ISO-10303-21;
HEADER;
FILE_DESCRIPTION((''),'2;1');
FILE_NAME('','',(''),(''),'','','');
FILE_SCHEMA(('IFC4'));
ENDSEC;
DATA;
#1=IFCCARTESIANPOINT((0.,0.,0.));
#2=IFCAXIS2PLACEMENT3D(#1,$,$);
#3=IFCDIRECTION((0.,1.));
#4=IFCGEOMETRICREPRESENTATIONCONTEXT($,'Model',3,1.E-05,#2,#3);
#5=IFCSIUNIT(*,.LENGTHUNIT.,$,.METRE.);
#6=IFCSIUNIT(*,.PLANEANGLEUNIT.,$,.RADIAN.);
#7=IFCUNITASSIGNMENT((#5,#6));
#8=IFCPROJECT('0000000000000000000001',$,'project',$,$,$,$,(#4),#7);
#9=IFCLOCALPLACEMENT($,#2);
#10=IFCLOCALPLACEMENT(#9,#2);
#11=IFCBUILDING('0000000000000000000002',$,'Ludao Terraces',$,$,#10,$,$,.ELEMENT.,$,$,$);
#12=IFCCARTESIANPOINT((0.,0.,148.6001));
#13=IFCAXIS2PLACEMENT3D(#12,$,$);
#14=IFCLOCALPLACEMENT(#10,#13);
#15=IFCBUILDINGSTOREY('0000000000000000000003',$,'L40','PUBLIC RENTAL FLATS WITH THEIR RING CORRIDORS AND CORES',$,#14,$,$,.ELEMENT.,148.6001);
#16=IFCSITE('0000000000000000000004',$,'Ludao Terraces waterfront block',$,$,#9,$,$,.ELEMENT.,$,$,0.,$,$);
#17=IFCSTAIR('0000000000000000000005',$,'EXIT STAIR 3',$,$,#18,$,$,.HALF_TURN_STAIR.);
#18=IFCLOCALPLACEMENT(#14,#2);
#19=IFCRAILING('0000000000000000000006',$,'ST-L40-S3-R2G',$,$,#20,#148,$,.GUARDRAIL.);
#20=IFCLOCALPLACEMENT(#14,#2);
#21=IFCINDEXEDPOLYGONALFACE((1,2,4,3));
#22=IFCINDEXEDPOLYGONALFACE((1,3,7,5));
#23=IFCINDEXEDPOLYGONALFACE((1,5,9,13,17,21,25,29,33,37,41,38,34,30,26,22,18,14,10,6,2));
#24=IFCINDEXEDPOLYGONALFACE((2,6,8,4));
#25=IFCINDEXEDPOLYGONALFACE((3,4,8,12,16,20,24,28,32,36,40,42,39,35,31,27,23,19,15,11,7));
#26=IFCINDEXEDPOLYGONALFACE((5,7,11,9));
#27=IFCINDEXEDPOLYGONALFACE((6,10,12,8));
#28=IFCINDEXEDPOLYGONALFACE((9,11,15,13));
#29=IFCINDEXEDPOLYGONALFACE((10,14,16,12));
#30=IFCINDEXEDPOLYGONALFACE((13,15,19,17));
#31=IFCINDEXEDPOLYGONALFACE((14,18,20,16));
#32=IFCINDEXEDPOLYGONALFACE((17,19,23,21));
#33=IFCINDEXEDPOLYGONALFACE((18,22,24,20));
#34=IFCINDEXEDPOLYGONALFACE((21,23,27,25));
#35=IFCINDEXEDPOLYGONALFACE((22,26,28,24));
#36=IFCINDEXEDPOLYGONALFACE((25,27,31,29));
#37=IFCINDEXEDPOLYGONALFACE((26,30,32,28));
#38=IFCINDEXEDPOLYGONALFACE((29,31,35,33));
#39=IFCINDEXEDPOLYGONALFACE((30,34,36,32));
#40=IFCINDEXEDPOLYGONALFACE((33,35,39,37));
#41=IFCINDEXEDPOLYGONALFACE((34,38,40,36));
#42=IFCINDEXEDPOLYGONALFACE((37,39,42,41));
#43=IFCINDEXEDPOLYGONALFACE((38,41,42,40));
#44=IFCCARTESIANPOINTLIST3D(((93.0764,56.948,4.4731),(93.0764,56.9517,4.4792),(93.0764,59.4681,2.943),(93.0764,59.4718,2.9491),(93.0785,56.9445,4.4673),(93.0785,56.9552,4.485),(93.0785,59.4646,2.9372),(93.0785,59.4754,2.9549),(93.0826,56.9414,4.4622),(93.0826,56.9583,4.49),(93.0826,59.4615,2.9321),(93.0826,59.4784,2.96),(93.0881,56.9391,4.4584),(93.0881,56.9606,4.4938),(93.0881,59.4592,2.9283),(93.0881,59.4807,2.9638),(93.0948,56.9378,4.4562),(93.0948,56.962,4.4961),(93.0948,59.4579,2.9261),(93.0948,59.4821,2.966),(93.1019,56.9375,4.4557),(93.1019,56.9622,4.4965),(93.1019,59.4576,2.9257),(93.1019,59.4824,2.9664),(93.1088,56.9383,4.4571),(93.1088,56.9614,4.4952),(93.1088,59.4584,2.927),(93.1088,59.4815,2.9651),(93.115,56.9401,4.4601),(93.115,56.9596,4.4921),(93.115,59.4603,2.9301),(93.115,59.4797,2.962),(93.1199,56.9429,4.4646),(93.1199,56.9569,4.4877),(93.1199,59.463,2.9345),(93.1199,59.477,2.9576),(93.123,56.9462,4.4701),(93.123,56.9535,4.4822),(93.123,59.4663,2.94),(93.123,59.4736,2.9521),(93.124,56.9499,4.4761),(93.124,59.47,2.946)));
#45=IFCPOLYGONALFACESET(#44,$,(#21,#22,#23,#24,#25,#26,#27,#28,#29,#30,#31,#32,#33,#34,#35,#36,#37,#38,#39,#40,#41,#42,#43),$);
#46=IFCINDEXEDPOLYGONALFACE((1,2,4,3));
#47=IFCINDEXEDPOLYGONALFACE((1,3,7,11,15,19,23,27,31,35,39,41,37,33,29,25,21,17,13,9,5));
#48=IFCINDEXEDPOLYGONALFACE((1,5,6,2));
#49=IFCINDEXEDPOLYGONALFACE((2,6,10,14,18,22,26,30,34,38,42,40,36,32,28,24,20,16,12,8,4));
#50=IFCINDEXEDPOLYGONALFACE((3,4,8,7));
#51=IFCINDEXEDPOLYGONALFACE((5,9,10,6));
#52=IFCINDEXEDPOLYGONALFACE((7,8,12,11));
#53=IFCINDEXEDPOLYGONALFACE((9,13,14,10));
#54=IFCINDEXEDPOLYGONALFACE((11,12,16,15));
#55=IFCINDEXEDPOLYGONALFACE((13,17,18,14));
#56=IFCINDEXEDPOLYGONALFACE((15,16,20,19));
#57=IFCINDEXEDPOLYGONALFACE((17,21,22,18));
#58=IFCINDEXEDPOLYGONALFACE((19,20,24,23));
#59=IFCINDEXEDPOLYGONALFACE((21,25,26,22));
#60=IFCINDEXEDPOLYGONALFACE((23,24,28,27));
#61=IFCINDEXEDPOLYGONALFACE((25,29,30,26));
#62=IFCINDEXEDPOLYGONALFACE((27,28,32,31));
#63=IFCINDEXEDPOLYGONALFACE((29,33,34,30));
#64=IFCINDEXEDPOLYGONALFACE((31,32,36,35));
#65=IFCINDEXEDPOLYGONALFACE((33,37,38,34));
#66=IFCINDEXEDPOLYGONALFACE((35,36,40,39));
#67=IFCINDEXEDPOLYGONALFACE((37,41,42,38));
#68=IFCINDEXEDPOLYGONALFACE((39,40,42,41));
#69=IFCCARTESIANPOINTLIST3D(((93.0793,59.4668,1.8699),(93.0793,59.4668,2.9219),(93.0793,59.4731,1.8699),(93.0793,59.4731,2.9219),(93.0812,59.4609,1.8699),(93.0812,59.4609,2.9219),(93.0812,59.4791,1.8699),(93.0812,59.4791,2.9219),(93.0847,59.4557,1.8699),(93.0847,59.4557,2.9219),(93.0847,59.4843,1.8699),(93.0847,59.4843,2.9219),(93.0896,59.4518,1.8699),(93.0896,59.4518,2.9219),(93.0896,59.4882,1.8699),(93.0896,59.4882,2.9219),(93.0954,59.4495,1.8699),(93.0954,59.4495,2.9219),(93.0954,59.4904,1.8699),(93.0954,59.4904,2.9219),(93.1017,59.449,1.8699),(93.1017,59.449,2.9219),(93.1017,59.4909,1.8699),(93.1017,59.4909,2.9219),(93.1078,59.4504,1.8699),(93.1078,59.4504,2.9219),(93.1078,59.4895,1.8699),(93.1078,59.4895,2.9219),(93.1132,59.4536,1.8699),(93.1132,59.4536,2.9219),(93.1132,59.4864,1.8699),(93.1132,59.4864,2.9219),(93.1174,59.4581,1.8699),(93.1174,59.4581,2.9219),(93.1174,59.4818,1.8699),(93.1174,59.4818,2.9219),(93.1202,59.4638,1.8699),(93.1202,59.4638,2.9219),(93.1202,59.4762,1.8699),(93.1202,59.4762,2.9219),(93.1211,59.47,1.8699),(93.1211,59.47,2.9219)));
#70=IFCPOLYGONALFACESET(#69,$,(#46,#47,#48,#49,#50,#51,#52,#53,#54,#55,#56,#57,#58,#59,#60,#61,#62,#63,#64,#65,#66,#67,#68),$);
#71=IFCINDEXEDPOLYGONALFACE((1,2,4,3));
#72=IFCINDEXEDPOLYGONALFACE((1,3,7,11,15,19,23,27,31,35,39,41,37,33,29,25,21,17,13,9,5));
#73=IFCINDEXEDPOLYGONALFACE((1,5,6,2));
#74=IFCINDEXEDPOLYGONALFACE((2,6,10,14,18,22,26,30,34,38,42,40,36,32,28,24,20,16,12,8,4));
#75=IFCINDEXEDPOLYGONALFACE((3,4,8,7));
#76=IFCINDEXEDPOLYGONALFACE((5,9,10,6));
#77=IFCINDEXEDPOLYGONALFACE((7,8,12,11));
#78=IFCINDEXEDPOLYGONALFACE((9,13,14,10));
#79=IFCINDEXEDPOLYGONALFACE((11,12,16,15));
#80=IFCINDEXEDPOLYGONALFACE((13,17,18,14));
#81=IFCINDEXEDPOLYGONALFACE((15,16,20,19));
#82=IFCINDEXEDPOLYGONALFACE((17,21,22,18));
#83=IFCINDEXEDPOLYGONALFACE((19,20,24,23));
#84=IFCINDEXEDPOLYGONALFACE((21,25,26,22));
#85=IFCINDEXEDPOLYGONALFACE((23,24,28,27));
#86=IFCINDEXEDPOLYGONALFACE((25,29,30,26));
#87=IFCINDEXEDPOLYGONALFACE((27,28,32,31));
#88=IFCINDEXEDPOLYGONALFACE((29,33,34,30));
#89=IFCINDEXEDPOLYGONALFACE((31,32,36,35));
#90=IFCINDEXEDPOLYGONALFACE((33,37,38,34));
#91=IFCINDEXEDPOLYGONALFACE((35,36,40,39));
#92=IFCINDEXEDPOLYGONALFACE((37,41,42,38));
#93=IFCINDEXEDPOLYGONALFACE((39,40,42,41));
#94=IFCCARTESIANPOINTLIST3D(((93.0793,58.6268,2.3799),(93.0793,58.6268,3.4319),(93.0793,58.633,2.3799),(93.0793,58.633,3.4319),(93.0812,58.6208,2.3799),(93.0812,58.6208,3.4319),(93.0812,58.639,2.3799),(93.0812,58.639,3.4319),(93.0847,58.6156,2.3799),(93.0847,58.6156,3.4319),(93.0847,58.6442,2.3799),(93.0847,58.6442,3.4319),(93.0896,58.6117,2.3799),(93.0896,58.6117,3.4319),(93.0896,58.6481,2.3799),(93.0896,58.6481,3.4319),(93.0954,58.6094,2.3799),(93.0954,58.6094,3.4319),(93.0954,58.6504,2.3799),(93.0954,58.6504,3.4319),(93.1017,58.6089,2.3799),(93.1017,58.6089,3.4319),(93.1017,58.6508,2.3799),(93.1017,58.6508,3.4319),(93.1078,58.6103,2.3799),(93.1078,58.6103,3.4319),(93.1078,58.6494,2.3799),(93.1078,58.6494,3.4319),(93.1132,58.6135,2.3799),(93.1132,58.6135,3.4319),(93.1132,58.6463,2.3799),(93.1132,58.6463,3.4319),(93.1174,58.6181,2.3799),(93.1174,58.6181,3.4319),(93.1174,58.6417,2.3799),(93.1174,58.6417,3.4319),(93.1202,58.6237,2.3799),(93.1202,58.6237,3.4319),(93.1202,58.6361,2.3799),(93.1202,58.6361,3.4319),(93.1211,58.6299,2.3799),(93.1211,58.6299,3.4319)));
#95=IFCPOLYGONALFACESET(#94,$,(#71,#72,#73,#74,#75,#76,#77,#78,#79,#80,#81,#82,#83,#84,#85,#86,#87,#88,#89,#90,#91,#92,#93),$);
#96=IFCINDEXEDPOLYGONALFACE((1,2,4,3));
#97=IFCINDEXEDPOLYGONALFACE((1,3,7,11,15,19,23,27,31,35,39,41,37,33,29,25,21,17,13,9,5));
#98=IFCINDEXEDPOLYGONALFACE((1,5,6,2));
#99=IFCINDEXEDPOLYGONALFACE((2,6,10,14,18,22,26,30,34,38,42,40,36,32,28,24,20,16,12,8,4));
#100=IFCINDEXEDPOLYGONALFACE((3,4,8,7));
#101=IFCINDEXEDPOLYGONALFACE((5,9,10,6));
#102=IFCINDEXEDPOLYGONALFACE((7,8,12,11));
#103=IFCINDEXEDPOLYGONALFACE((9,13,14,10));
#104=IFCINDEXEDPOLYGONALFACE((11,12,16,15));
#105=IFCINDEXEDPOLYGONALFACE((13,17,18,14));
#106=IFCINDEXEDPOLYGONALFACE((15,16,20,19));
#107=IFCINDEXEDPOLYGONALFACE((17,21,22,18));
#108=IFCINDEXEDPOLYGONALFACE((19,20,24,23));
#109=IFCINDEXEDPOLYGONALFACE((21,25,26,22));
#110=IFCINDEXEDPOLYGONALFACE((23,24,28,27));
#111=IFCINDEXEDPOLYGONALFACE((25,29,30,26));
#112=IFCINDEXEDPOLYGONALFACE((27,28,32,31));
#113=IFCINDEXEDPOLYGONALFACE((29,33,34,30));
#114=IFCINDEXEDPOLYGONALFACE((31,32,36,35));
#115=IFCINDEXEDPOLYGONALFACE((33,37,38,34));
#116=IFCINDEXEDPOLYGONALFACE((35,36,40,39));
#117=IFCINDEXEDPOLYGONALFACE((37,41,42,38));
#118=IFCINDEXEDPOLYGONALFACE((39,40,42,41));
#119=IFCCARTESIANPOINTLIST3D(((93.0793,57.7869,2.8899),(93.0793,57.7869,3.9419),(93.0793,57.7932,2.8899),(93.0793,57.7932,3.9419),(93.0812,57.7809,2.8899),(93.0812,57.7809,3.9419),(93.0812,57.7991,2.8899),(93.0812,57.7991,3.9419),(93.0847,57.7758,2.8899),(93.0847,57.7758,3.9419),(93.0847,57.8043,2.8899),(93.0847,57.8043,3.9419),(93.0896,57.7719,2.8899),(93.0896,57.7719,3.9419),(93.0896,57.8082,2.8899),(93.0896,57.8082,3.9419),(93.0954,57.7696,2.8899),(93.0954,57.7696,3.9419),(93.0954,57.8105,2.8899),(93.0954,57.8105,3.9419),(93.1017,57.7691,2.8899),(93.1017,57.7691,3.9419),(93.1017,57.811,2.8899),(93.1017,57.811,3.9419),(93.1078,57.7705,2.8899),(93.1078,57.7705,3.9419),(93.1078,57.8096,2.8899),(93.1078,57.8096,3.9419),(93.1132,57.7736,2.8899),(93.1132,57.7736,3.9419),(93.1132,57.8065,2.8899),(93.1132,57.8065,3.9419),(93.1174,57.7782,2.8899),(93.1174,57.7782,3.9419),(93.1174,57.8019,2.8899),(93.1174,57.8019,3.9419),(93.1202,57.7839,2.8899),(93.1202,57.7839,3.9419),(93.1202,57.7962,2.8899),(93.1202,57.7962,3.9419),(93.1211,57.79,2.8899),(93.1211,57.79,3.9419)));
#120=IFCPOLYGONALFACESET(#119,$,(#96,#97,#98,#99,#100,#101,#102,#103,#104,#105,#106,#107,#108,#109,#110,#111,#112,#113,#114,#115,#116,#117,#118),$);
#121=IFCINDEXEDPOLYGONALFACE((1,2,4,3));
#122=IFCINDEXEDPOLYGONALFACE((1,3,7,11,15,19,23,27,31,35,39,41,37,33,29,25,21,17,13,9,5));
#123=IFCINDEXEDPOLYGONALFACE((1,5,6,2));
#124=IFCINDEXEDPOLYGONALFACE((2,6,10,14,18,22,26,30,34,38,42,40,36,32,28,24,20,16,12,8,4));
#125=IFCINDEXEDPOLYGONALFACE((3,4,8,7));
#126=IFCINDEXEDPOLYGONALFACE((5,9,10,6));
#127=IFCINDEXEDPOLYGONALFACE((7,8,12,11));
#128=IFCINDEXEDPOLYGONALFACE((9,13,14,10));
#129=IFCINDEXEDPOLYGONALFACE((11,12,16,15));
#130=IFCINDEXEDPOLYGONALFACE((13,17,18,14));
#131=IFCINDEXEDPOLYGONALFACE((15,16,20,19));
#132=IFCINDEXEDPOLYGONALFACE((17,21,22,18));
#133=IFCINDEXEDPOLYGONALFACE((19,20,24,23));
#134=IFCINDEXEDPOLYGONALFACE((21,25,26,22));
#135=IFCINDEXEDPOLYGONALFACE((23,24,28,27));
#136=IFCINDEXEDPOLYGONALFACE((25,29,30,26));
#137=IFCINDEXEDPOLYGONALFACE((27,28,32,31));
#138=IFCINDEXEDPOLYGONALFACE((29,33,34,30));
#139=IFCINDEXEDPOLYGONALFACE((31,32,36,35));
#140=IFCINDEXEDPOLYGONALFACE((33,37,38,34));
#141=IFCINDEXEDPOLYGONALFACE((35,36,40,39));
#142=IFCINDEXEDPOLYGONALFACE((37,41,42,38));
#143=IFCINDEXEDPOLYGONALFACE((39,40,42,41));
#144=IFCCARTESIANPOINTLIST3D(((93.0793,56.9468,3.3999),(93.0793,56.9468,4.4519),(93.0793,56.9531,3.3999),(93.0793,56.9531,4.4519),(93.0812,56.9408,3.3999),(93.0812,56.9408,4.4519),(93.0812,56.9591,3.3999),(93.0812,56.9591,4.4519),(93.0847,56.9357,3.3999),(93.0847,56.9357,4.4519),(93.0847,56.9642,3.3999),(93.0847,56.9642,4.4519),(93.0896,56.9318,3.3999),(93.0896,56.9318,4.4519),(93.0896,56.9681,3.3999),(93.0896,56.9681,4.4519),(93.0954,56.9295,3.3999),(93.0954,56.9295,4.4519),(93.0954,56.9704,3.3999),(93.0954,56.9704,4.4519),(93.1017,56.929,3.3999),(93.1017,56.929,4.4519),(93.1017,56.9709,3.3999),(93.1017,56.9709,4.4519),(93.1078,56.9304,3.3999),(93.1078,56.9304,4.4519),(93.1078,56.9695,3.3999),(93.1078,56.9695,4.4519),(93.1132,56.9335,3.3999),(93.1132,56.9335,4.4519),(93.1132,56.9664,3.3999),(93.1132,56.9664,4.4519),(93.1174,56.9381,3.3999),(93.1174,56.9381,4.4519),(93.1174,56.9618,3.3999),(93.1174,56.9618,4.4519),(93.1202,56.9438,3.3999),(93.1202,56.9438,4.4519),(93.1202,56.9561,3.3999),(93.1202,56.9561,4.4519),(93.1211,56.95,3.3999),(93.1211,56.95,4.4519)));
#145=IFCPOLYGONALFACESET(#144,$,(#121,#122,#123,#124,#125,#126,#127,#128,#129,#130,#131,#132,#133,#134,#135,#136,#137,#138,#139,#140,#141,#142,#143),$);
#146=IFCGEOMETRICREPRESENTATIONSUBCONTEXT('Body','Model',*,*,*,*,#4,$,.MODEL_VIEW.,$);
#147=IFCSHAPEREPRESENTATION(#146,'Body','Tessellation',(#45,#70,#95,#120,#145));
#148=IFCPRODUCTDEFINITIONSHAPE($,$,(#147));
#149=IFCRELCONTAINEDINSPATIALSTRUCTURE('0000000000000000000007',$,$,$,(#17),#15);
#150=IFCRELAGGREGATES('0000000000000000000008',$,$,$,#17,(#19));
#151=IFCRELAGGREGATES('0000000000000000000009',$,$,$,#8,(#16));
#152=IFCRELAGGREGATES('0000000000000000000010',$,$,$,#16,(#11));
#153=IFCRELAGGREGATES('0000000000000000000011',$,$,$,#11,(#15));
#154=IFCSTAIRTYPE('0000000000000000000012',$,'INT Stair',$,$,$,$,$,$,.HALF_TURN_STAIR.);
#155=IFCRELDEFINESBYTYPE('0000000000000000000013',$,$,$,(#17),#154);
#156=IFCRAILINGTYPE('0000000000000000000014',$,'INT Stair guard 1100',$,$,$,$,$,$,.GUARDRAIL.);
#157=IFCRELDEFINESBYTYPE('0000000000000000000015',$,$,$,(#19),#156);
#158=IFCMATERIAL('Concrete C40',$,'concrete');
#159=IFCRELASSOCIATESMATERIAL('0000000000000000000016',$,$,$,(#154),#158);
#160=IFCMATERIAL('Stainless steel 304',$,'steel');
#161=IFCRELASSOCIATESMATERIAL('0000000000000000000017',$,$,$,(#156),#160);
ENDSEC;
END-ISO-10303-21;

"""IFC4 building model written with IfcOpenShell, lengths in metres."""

from ifc_helpers import new_model, si_unit, direction, frame, origin, origin_2d, place, context, subcontext, project, spatial, circle, extrude, material, type_object, element, aggregate, save


model = new_model("IFC4")

# Units and contexts
model_context = context("Model", 3, precision=1e-05, world=origin(), true_north=direction((0.0, 1.0)))
body_context = subcontext(model_context, "Body", "Model", "MODEL_VIEW")
ifc_project = project(units=[si_unit("LENGTHUNIT", "METRE"), si_unit("PLANEANGLEUNIT", "RADIAN")], contexts=[model_context])

# Site, building, storey
site_placement = place(None, origin())
site = spatial("IfcSite", under=ifc_project, at=site_placement, Name="Ludao Terraces waterfront block", CompositionType="ELEMENT", RefElevation=0.0)
building_placement = place(site_placement, origin())
building = spatial("IfcBuilding", under=site, at=building_placement, Name="Ludao Terraces", CompositionType="ELEMENT")
storey_placement = place(building_placement, frame((0.0, 0.0, 148.6001)))
storey = spatial("IfcBuildingStorey", under=building, at=storey_placement, Name="L40", Description="PUBLIC RENTAL FLATS WITH THEIR RING CORRIDORS AND CORES", CompositionType="ELEMENT", Elevation=148.6001)

# Shared definitions
ifc_material_1 = material(Name="Concrete C40", Category="concrete")

# Stair, railing
stair_type = type_object("IfcStairType", Name="INT Stair", PredefinedType="HALF_TURN_STAIR", material=ifc_material_1)
stair_placement = place(storey_placement, origin())
stair = element("IfcStair", 1, at=stair_placement, inside=storey, type_object=stair_type, Name="EXIT STAIR 3", PredefinedType="HALF_TURN_STAIR")
ifc_material_2 = material(Name="Stainless steel 304", Category="steel")
railing_type_1 = type_object("IfcRailingType", Name="INT Stair guard 1100", PredefinedType="GUARDRAIL", material=ifc_material_2)
railing_1_placement = place(storey_placement, frame((93.1001, 59.47, 1.8699)))
railing_1 = element("IfcRailing", 2, at=railing_1_placement, type_object=railing_type_1, Name="ST-L40-S3-R2G", PredefinedType="GUARDRAIL", context=body_context, shape_type="SweptSolid", body=[
    extrude(circle(Radius=0.0239, at=origin_2d()), frame((0.0, 0.0, 1.0762), z_axis=(0.0, -0.854785, 0.518982), x_axis=(1.0, 0.0, 0.0)), (0.0, 0.0, 1.0), 2.9482),
    extrude(circle(Radius=0.021, at=origin_2d()), origin(), (0.0, 0.0, 1.0), 1.052),
    extrude(circle(Radius=0.021, at=origin_2d()), frame((0.0, -0.8401, 0.51)), (0.0, 0.0, 1.0), 1.052),
    extrude(circle(Radius=0.021, at=origin_2d()), frame((0.0, -1.6799, 1.02)), (0.0, 0.0, 1.0), 1.052),
    extrude(circle(Radius=0.021, at=origin_2d()), frame((0.0, -2.52, 1.53)), (0.0, 0.0, 1.0), 1.052),
])
aggregate(stair, [railing_1])

save(model, "model.ifc")
